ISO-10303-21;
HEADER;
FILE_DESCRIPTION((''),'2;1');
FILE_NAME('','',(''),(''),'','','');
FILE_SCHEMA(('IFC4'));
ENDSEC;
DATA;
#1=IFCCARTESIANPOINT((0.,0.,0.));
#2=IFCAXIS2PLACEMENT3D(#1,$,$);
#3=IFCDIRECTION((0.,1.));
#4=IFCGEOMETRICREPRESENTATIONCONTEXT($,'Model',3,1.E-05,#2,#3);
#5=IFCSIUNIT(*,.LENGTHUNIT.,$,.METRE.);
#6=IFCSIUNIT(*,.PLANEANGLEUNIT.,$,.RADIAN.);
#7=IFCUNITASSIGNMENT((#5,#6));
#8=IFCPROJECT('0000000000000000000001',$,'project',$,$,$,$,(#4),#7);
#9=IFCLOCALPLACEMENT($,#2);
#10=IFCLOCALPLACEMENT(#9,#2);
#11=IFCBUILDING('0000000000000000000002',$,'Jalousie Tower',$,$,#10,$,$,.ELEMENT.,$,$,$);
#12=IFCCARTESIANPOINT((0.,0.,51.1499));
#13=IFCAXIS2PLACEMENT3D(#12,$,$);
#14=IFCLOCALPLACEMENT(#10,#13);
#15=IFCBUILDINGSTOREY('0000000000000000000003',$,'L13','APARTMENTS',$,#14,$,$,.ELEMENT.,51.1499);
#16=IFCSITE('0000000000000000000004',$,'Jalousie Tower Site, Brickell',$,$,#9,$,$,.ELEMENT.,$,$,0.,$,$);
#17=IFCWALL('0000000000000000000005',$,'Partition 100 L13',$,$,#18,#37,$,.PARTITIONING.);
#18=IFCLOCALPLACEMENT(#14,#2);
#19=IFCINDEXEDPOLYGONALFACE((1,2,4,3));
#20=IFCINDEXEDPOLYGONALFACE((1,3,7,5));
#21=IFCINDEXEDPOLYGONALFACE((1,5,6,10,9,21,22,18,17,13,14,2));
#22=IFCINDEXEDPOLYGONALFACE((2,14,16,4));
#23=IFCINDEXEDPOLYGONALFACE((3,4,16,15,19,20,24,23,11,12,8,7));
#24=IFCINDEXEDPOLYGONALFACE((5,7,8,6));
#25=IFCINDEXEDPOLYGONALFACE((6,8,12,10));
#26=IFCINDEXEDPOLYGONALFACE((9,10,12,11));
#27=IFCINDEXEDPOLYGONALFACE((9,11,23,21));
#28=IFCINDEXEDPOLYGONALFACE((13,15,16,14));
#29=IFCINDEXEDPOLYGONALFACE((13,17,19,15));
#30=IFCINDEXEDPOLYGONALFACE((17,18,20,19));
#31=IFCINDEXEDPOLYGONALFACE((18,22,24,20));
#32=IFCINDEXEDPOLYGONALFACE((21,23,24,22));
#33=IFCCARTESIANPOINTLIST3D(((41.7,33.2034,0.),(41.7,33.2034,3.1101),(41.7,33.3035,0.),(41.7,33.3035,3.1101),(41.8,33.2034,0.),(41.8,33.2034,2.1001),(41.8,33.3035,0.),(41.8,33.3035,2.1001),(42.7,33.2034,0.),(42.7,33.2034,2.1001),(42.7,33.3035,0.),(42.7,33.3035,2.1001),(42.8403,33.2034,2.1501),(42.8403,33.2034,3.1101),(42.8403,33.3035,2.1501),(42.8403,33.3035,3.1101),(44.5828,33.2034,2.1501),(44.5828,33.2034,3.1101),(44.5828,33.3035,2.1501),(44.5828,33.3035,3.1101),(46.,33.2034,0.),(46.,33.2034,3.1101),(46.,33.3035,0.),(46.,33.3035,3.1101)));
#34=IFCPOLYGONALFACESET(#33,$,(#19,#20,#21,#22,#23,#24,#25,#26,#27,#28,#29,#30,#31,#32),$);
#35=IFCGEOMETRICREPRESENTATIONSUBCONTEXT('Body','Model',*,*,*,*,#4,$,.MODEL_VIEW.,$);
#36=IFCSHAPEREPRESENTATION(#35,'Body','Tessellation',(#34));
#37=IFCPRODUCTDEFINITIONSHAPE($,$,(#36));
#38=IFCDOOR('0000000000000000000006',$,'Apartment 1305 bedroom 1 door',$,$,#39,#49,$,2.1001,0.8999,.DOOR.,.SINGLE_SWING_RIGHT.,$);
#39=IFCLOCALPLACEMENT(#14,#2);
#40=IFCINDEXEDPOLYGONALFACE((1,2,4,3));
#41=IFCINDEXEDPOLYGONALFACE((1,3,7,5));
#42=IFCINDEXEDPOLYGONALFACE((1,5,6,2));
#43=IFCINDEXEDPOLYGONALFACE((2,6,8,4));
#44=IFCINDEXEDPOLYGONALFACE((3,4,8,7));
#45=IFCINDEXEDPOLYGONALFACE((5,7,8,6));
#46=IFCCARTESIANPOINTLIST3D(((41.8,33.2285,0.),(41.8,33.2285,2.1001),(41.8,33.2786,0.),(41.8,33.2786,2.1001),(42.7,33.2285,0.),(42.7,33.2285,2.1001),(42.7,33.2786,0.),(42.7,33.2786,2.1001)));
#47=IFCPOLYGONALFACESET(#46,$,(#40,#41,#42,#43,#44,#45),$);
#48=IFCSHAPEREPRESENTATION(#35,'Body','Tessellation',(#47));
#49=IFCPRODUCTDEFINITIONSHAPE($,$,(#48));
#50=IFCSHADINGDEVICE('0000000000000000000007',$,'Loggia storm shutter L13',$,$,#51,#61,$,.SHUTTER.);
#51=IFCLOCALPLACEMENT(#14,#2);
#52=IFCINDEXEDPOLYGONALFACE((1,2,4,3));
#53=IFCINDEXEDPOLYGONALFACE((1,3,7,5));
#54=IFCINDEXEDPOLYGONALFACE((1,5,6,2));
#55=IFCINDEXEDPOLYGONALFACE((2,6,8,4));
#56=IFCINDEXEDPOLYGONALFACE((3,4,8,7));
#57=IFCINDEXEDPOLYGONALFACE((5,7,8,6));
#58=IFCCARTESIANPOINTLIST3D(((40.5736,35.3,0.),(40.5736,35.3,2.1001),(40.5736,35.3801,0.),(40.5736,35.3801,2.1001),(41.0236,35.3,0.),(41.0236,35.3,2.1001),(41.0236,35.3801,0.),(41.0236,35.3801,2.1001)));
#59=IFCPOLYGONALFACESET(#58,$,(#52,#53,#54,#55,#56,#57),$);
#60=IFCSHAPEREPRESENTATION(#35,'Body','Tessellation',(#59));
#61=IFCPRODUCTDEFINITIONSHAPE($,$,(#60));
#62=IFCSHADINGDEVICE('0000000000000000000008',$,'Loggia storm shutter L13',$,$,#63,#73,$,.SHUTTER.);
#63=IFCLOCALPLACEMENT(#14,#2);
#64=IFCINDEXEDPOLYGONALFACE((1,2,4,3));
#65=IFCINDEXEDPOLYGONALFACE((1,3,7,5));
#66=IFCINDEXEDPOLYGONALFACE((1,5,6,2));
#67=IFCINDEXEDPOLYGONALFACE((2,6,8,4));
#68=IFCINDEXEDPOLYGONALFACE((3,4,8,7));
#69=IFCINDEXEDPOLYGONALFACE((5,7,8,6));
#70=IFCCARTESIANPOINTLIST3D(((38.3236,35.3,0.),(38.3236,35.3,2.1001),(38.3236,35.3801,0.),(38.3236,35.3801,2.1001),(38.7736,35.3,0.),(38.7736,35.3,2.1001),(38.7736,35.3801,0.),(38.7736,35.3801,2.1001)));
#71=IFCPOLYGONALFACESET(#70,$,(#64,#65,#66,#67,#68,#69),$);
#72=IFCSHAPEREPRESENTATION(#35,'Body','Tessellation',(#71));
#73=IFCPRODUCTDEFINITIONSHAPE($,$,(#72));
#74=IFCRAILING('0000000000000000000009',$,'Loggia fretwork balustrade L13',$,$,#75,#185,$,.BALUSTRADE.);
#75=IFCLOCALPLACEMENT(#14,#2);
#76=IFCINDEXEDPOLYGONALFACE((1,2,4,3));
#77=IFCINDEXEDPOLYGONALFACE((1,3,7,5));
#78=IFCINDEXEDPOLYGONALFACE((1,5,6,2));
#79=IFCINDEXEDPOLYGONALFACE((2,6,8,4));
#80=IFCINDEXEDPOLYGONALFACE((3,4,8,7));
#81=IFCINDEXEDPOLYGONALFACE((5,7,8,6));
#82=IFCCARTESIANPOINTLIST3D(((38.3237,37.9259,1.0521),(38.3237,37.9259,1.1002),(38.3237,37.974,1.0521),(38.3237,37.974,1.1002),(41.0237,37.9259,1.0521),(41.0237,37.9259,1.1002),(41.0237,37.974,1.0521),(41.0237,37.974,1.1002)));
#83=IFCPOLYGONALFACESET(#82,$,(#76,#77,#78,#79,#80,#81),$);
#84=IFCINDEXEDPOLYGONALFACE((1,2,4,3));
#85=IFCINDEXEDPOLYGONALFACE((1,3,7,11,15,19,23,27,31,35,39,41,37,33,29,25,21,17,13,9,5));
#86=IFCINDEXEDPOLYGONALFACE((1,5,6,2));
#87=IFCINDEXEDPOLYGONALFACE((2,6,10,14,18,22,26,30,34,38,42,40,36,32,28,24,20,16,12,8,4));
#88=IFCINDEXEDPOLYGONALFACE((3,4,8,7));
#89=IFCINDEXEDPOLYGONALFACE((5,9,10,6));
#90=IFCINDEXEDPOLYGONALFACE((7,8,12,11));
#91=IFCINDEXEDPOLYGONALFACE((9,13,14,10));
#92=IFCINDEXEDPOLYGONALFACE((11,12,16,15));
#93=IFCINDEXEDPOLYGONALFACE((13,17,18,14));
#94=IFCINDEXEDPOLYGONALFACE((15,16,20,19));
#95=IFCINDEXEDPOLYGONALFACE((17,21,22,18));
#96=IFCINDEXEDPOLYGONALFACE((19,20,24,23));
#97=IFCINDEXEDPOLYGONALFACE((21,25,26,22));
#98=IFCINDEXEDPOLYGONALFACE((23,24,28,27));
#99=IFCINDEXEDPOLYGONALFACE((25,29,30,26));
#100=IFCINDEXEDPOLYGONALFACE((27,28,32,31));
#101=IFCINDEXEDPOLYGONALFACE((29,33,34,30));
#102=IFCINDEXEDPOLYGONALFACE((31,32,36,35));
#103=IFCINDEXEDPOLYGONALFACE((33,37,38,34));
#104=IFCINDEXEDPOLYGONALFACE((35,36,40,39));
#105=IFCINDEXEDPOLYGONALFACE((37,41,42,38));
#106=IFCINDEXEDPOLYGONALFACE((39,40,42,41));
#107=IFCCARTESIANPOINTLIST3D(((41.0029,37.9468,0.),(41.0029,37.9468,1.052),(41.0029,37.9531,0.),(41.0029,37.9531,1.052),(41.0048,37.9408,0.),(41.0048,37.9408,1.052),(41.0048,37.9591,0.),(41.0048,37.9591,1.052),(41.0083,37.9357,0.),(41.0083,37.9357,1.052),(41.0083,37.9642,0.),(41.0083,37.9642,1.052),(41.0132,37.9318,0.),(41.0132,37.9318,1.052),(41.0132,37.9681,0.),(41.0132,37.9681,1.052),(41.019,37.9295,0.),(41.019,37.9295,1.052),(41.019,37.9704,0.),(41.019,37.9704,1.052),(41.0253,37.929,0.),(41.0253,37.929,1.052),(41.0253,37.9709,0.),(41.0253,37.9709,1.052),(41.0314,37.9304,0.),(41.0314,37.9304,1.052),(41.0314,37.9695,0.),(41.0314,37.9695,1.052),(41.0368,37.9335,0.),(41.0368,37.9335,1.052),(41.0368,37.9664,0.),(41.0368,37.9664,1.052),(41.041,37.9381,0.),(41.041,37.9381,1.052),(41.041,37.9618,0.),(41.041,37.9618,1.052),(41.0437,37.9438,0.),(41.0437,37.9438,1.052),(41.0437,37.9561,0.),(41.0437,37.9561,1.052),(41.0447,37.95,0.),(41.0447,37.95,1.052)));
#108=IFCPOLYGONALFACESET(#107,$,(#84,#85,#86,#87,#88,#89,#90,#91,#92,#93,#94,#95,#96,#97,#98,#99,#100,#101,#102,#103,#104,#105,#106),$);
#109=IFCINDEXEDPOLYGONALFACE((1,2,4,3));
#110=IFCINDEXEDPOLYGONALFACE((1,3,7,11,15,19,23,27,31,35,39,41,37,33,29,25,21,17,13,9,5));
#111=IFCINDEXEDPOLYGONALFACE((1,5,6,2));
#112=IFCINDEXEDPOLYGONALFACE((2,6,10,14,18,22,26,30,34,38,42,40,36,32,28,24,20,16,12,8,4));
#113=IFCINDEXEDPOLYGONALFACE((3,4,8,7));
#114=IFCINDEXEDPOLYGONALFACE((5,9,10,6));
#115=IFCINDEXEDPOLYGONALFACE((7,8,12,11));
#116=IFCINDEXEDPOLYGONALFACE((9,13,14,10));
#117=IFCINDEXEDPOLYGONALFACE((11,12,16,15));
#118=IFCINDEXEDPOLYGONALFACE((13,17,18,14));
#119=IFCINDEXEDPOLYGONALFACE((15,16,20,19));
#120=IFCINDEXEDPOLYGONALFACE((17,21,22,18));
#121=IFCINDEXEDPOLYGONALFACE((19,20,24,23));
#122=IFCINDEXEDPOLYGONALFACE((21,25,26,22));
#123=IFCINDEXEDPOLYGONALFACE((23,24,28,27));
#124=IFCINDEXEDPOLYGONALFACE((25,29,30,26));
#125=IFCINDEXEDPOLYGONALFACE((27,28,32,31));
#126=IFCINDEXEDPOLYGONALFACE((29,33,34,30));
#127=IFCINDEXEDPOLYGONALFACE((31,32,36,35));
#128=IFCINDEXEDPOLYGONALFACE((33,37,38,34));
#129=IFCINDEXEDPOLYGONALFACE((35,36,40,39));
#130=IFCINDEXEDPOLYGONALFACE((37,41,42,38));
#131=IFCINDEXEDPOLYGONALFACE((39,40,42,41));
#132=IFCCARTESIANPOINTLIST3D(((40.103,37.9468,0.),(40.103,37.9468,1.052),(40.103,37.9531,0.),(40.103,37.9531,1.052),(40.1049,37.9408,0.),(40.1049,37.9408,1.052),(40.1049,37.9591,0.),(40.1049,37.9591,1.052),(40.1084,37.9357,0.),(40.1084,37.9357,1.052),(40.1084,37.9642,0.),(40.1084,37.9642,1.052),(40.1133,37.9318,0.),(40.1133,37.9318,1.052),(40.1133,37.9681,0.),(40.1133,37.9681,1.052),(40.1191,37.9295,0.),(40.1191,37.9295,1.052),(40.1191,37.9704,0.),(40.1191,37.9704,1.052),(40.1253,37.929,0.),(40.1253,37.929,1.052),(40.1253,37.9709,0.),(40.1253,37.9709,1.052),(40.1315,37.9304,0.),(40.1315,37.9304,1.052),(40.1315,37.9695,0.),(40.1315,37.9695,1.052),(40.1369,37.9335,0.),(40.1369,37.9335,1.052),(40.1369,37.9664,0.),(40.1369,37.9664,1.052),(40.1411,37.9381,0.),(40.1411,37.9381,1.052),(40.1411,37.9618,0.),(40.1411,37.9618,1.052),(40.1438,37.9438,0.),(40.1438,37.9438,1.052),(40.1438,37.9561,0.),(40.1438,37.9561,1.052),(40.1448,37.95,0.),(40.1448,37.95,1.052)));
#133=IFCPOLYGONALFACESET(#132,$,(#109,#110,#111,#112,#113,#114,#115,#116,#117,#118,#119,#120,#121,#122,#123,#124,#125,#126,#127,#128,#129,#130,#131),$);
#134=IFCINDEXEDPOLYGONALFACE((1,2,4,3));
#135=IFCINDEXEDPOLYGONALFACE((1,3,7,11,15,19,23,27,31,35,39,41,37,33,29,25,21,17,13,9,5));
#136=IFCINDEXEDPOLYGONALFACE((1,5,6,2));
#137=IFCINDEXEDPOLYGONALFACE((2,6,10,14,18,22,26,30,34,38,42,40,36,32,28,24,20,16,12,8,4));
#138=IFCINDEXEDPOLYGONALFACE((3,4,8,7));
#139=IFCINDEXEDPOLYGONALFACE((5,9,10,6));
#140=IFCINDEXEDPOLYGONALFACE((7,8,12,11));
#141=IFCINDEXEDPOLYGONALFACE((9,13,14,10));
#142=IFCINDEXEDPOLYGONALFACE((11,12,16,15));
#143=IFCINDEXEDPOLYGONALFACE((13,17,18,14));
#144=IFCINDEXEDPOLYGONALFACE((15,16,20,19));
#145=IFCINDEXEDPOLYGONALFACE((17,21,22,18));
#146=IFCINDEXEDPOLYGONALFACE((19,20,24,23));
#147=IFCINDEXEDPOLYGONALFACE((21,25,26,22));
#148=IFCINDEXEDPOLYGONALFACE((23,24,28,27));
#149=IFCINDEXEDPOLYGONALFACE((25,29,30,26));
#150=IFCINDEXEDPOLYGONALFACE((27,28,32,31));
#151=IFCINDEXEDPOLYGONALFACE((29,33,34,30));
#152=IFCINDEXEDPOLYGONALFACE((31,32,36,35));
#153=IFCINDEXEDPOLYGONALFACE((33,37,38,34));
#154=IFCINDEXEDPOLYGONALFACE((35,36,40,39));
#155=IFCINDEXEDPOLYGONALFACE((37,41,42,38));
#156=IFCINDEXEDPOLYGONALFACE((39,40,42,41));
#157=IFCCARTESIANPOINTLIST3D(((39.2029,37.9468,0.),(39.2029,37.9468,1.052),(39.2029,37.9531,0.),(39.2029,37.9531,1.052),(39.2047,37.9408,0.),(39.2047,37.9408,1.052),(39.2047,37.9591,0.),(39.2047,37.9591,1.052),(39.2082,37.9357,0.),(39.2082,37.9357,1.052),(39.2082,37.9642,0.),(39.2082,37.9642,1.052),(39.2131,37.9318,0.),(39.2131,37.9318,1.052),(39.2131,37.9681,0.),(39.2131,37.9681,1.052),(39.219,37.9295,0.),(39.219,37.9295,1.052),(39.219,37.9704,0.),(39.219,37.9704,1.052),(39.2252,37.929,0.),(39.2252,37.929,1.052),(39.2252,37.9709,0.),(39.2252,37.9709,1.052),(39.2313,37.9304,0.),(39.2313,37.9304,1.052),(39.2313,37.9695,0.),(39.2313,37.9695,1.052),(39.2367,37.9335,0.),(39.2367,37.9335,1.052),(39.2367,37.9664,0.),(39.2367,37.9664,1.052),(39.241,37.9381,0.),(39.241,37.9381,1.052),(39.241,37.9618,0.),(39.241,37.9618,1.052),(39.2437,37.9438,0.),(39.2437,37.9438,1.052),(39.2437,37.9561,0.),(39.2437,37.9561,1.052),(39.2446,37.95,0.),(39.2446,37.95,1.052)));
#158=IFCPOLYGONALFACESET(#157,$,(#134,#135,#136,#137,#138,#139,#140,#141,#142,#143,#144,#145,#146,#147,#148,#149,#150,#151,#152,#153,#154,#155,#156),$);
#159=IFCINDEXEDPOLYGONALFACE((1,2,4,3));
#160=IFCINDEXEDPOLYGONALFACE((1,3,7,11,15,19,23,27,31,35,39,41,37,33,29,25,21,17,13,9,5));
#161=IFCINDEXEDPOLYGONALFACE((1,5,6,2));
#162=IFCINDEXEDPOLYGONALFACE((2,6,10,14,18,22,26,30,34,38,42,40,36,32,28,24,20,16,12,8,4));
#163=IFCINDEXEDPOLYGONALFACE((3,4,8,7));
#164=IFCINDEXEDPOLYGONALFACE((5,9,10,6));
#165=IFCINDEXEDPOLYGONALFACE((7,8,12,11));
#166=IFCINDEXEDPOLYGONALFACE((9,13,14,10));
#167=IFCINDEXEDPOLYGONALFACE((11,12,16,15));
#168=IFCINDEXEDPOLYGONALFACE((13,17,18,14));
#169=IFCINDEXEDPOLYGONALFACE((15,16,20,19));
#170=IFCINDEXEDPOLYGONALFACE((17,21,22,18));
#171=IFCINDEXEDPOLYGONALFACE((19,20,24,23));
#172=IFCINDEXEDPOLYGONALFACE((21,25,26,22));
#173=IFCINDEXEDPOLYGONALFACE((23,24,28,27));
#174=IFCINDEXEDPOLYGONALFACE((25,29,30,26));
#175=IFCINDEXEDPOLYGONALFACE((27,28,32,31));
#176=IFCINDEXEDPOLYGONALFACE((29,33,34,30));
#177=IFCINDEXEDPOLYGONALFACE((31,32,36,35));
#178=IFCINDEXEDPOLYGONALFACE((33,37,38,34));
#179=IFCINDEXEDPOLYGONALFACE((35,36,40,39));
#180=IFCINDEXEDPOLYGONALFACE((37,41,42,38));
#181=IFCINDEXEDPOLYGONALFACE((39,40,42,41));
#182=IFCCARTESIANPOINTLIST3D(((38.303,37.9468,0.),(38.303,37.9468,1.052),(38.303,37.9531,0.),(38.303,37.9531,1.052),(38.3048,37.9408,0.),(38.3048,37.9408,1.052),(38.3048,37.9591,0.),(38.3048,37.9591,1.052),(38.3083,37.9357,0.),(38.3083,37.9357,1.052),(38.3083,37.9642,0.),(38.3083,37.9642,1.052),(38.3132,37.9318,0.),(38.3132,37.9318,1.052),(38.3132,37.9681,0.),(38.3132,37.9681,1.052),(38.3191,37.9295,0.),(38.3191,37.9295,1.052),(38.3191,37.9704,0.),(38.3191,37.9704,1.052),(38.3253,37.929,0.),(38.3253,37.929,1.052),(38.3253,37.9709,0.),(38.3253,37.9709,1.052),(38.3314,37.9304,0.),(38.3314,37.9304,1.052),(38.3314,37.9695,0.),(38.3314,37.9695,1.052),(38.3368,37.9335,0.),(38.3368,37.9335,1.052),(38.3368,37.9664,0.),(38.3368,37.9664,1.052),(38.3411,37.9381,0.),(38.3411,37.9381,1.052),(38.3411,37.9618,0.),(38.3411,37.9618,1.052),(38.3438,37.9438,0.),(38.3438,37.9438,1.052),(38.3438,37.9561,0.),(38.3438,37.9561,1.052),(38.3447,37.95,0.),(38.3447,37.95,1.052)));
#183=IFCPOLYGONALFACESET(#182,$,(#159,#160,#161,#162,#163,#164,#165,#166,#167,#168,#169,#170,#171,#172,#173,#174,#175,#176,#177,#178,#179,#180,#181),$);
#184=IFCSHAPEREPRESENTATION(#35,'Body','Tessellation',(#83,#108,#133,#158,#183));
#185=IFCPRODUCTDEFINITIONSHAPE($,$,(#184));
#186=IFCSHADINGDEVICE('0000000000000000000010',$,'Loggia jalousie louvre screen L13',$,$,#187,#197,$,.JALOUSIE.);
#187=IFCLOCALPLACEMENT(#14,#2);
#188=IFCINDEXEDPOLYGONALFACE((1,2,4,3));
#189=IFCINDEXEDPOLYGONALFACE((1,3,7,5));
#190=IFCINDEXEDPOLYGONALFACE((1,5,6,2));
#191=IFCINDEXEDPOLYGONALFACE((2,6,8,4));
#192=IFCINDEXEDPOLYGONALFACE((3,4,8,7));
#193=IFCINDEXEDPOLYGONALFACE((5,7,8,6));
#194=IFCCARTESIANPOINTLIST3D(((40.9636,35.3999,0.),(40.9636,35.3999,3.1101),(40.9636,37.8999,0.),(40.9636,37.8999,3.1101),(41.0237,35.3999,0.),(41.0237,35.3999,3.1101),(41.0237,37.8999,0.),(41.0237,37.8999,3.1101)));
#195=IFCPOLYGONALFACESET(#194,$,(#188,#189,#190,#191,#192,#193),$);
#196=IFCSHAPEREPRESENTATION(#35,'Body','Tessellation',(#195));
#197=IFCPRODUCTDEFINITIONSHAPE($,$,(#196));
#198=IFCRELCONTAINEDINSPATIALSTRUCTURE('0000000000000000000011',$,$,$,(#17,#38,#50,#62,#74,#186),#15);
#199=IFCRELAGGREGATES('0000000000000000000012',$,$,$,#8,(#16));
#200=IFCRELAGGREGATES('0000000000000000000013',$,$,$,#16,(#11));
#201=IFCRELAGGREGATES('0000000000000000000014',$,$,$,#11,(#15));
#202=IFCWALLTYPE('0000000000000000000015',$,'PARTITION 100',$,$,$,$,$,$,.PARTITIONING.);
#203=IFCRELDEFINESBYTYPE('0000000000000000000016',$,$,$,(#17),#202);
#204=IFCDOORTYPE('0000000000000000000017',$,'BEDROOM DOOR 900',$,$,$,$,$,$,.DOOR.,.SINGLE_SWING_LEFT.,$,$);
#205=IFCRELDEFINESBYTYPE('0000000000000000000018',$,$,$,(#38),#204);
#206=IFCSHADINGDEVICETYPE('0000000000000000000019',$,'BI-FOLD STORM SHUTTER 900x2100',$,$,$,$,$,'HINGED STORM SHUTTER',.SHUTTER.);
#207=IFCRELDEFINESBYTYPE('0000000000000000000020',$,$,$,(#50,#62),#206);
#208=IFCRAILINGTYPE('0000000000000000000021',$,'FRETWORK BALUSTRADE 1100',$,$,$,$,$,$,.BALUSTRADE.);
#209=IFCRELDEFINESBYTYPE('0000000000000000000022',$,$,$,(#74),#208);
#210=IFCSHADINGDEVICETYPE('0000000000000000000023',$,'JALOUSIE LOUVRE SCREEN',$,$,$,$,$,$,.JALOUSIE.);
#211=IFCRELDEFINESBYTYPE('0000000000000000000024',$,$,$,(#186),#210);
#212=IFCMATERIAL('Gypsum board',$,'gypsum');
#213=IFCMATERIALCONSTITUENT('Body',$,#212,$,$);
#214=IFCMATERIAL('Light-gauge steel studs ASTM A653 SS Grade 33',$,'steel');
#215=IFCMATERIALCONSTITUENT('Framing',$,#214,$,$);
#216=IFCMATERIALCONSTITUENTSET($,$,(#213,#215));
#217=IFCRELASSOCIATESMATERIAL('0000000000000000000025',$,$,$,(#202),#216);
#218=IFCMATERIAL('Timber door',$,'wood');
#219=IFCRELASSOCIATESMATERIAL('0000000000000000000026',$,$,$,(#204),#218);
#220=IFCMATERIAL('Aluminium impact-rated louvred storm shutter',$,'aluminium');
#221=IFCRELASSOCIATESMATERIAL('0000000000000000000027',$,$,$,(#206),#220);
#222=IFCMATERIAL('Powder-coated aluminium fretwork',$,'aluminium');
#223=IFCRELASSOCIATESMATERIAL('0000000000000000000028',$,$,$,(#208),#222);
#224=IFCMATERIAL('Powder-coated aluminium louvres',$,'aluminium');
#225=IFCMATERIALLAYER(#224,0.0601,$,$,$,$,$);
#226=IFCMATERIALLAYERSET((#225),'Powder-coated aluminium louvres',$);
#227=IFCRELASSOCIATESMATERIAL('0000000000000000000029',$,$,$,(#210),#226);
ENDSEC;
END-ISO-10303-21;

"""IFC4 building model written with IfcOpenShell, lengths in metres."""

from ifc_helpers import new_model, si_unit, direction, frame, frame_2d, origin, origin_2d, place, context, subcontext, project, spatial, polyline, rectangle, circle, outline, extrude, material, layer, layer_set, constituent, constituent_set, type_object, element, fill, save


model = new_model("IFC4")

# Units and contexts
model_context = context("Model", 3, precision=1e-05, world=origin(), true_north=direction((0.0, 1.0)))
body_context = subcontext(model_context, "Body", "Model", "MODEL_VIEW")
ifc_project = project(units=[si_unit("LENGTHUNIT", "METRE"), si_unit("PLANEANGLEUNIT", "RADIAN")], contexts=[model_context])

# Site, building, storey
site_placement = place(None, origin())
site = spatial("IfcSite", under=ifc_project, at=site_placement, Name="Jalousie Tower Site, Brickell", CompositionType="ELEMENT", RefElevation=0.0)
building_placement = place(site_placement, origin())
building = spatial("IfcBuilding", under=site, at=building_placement, Name="Jalousie Tower", CompositionType="ELEMENT")
storey_placement = place(building_placement, frame((0.0, 0.0, 51.1499)))
storey = spatial("IfcBuildingStorey", under=building, at=storey_placement, Name="L13", Description="APARTMENTS", CompositionType="ELEMENT", Elevation=51.1499)

# Wall, opening, door
ifc_material_1 = material(Name="Gypsum board", Category="gypsum")
ifc_constituent_1 = constituent(ifc_material_1, Name="Body")
ifc_material_2 = material(Name="Light-gauge steel studs ASTM A653 SS Grade 33", Category="steel")
ifc_constituent_2 = constituent(ifc_material_2, Name="Framing")
ifc_constituent_set_1 = constituent_set(constituents=[ifc_constituent_1, ifc_constituent_2])
wall_type_1 = type_object("IfcWallType", Name="PARTITION 100", PredefinedType="PARTITIONING", material=ifc_constituent_set_1)
wall_1_placement = place(storey_placement, frame((41.7, 33.2534, 0.0), z_axis=(0.0, 0.0, 1.0), x_axis=(1.0, 0.0, 0.0)))
wall_1 = element("IfcWall", 1, at=wall_1_placement, inside=storey, type_object=wall_type_1, Name="Partition 100 L13", PredefinedType="PARTITIONING", context=body_context, shape_type="SweptSolid", body=[
    extrude(outline(polyline([(0.0, 0.0), (4.3, 0.0), (4.3, 3.1101), (2.8828, 3.1101), (2.8828, 2.1501), (1.1404, 2.1501), (1.1404, 3.1101), (0.0, 3.1101), (0.0, 0.0)])), frame((0.0, 0.05, 0.0), z_axis=(0.0, -1.0, 0.0), x_axis=(1.0, 0.0, 0.0)), (0.0, 0.0, 1.0), 0.1001),
])
opening_1_placement = place(wall_1_placement, frame((0.1001, 0.0, 0.0)))
opening_1 = element("IfcOpeningElement", 2, at=opening_1_placement, cuts=wall_1, PredefinedType="OPENING", context=body_context, shape_type="SweptSolid", body=[
    extrude(rectangle(XDim=0.8999, YDim=2.1001, at=frame_2d((0.45, 1.05))), frame((0.0, 0.0601, 0.0), z_axis=(0.0, -1.0, 0.0), x_axis=(1.0, 0.0, 0.0)), (0.0, 0.0, 1.0), 0.1201),
])
ifc_material_3 = material(Name="Timber door", Category="wood")
door_type_1 = type_object("IfcDoorType", Name="BEDROOM DOOR 900", OperationType="SINGLE_SWING_LEFT", PredefinedType="DOOR", material=ifc_material_3)
door_1_placement = place(opening_1_placement, frame((0.8999, 0.0, 0.0), z_axis=(0.0, 0.0, 1.0), x_axis=(-1.0, 0.0, 0.0)))
door_1 = element("IfcDoor", 3, at=door_1_placement, inside=storey, type_object=door_type_1, Name="Apartment 1305 bedroom 1 door", OperationType="SINGLE_SWING_RIGHT", OverallHeight=2.1001, OverallWidth=0.8999, PredefinedType="DOOR", context=body_context, shape_type="SweptSolid", body=[
    extrude(rectangle(XDim=0.8999, YDim=2.1001, at=frame_2d((0.45, 1.05))), frame((0.0, 0.0249, 0.0), z_axis=(0.0, -1.0, 0.0), x_axis=(1.0, 0.0, 0.0)), (0.0, 0.0, 1.0), 0.05),
])
fill(opening_1, door_1)

# Shading devices
ifc_material_4 = material(Name="Aluminium impact-rated louvred storm shutter", Category="aluminium")
shading_device_type_1 = type_object("IfcShadingDeviceType", Name="BI-FOLD STORM SHUTTER 900x2100", ElementType="HINGED STORM SHUTTER", PredefinedType="SHUTTER", material=ifc_material_4)
for number, where, z_axis, x_axis, name in (
    (4, (40.7986, 35.3401, 0.0), (0.0, 0.0, 1.0), (-1.0, 0.0, 0.0), "Loggia storm shutter L13"),
    (5, (38.5486, 35.3401, 0.0), (0.0, 0.0, 1.0), (-1.0, 0.0, 0.0), "Loggia storm shutter L13"),
):
    element("IfcShadingDevice", number, at=place(storey_placement, frame(where, z_axis=z_axis, x_axis=x_axis)), inside=storey, type_object=shading_device_type_1, Name=name, PredefinedType="SHUTTER", context=body_context, shape_type="SweptSolid", body=[
        extrude(rectangle(XDim=0.45, YDim=0.0801, at=origin_2d()), origin(), (0.0, 0.0, 1.0), 2.1001),
    ])

# Railing
ifc_material_5 = material(Name="Powder-coated aluminium fretwork", Category="aluminium")
railing_type = type_object("IfcRailingType", Name="FRETWORK BALUSTRADE 1100", PredefinedType="BALUSTRADE", material=ifc_material_5)
railing_placement = place(storey_placement, frame((41.0237, 37.95, 0.0)))
element("IfcRailing", 6, at=railing_placement, inside=storey, type_object=railing_type, Name="Loggia fretwork balustrade L13", PredefinedType="BALUSTRADE", context=body_context, shape_type="SweptSolid", body=[
    extrude(rectangle(XDim=0.0481, YDim=0.0481, at=origin_2d()), frame((0.0, 0.0, 1.0762), z_axis=(-1.0, 0.0, 0.0), x_axis=(0.0, -1.0, 0.0)), (0.0, 0.0, 1.0), 2.7),
    extrude(circle(Radius=0.021, at=origin_2d()), origin(), (0.0, 0.0, 1.0), 1.052),
    extrude(circle(Radius=0.021, at=origin_2d()), frame((-0.8999, 0.0, 0.0)), (0.0, 0.0, 1.0), 1.052),
    extrude(circle(Radius=0.021, at=origin_2d()), frame((-1.8, 0.0, 0.0)), (0.0, 0.0, 1.0), 1.052),
    extrude(circle(Radius=0.021, at=origin_2d()), frame((-2.7, 0.0, 0.0)), (0.0, 0.0, 1.0), 1.052),
])

# Shading device
ifc_material_6 = material(Name="Powder-coated aluminium louvres", Category="aluminium")
ifc_layer_1 = layer(ifc_material_6, 0.0601)
ifc_layer_set_1 = layer_set([ifc_layer_1], Name="Powder-coated aluminium louvres")
shading_device_type_2 = type_object("IfcShadingDeviceType", Name="JALOUSIE LOUVRE SCREEN", PredefinedType="JALOUSIE", material=ifc_layer_set_1)
for number, where, z_axis, x_axis, name in (
    (7, (40.9937, 36.6499, 0.0), (0.0, 0.0, 1.0), (-1.0, 0.0, 0.0), "Loggia jalousie louvre screen L13"),
):
    element("IfcShadingDevice", number, at=place(storey_placement, frame(where, z_axis=z_axis, x_axis=x_axis)), inside=storey, type_object=shading_device_type_2, Name=name, PredefinedType="JALOUSIE", context=body_context, shape_type="SweptSolid", body=[
        extrude(rectangle(XDim=0.0601, YDim=2.5, at=origin_2d()), origin(), (0.0, 0.0, 1.0), 3.1101),
    ])

save(model, "model.ifc")
